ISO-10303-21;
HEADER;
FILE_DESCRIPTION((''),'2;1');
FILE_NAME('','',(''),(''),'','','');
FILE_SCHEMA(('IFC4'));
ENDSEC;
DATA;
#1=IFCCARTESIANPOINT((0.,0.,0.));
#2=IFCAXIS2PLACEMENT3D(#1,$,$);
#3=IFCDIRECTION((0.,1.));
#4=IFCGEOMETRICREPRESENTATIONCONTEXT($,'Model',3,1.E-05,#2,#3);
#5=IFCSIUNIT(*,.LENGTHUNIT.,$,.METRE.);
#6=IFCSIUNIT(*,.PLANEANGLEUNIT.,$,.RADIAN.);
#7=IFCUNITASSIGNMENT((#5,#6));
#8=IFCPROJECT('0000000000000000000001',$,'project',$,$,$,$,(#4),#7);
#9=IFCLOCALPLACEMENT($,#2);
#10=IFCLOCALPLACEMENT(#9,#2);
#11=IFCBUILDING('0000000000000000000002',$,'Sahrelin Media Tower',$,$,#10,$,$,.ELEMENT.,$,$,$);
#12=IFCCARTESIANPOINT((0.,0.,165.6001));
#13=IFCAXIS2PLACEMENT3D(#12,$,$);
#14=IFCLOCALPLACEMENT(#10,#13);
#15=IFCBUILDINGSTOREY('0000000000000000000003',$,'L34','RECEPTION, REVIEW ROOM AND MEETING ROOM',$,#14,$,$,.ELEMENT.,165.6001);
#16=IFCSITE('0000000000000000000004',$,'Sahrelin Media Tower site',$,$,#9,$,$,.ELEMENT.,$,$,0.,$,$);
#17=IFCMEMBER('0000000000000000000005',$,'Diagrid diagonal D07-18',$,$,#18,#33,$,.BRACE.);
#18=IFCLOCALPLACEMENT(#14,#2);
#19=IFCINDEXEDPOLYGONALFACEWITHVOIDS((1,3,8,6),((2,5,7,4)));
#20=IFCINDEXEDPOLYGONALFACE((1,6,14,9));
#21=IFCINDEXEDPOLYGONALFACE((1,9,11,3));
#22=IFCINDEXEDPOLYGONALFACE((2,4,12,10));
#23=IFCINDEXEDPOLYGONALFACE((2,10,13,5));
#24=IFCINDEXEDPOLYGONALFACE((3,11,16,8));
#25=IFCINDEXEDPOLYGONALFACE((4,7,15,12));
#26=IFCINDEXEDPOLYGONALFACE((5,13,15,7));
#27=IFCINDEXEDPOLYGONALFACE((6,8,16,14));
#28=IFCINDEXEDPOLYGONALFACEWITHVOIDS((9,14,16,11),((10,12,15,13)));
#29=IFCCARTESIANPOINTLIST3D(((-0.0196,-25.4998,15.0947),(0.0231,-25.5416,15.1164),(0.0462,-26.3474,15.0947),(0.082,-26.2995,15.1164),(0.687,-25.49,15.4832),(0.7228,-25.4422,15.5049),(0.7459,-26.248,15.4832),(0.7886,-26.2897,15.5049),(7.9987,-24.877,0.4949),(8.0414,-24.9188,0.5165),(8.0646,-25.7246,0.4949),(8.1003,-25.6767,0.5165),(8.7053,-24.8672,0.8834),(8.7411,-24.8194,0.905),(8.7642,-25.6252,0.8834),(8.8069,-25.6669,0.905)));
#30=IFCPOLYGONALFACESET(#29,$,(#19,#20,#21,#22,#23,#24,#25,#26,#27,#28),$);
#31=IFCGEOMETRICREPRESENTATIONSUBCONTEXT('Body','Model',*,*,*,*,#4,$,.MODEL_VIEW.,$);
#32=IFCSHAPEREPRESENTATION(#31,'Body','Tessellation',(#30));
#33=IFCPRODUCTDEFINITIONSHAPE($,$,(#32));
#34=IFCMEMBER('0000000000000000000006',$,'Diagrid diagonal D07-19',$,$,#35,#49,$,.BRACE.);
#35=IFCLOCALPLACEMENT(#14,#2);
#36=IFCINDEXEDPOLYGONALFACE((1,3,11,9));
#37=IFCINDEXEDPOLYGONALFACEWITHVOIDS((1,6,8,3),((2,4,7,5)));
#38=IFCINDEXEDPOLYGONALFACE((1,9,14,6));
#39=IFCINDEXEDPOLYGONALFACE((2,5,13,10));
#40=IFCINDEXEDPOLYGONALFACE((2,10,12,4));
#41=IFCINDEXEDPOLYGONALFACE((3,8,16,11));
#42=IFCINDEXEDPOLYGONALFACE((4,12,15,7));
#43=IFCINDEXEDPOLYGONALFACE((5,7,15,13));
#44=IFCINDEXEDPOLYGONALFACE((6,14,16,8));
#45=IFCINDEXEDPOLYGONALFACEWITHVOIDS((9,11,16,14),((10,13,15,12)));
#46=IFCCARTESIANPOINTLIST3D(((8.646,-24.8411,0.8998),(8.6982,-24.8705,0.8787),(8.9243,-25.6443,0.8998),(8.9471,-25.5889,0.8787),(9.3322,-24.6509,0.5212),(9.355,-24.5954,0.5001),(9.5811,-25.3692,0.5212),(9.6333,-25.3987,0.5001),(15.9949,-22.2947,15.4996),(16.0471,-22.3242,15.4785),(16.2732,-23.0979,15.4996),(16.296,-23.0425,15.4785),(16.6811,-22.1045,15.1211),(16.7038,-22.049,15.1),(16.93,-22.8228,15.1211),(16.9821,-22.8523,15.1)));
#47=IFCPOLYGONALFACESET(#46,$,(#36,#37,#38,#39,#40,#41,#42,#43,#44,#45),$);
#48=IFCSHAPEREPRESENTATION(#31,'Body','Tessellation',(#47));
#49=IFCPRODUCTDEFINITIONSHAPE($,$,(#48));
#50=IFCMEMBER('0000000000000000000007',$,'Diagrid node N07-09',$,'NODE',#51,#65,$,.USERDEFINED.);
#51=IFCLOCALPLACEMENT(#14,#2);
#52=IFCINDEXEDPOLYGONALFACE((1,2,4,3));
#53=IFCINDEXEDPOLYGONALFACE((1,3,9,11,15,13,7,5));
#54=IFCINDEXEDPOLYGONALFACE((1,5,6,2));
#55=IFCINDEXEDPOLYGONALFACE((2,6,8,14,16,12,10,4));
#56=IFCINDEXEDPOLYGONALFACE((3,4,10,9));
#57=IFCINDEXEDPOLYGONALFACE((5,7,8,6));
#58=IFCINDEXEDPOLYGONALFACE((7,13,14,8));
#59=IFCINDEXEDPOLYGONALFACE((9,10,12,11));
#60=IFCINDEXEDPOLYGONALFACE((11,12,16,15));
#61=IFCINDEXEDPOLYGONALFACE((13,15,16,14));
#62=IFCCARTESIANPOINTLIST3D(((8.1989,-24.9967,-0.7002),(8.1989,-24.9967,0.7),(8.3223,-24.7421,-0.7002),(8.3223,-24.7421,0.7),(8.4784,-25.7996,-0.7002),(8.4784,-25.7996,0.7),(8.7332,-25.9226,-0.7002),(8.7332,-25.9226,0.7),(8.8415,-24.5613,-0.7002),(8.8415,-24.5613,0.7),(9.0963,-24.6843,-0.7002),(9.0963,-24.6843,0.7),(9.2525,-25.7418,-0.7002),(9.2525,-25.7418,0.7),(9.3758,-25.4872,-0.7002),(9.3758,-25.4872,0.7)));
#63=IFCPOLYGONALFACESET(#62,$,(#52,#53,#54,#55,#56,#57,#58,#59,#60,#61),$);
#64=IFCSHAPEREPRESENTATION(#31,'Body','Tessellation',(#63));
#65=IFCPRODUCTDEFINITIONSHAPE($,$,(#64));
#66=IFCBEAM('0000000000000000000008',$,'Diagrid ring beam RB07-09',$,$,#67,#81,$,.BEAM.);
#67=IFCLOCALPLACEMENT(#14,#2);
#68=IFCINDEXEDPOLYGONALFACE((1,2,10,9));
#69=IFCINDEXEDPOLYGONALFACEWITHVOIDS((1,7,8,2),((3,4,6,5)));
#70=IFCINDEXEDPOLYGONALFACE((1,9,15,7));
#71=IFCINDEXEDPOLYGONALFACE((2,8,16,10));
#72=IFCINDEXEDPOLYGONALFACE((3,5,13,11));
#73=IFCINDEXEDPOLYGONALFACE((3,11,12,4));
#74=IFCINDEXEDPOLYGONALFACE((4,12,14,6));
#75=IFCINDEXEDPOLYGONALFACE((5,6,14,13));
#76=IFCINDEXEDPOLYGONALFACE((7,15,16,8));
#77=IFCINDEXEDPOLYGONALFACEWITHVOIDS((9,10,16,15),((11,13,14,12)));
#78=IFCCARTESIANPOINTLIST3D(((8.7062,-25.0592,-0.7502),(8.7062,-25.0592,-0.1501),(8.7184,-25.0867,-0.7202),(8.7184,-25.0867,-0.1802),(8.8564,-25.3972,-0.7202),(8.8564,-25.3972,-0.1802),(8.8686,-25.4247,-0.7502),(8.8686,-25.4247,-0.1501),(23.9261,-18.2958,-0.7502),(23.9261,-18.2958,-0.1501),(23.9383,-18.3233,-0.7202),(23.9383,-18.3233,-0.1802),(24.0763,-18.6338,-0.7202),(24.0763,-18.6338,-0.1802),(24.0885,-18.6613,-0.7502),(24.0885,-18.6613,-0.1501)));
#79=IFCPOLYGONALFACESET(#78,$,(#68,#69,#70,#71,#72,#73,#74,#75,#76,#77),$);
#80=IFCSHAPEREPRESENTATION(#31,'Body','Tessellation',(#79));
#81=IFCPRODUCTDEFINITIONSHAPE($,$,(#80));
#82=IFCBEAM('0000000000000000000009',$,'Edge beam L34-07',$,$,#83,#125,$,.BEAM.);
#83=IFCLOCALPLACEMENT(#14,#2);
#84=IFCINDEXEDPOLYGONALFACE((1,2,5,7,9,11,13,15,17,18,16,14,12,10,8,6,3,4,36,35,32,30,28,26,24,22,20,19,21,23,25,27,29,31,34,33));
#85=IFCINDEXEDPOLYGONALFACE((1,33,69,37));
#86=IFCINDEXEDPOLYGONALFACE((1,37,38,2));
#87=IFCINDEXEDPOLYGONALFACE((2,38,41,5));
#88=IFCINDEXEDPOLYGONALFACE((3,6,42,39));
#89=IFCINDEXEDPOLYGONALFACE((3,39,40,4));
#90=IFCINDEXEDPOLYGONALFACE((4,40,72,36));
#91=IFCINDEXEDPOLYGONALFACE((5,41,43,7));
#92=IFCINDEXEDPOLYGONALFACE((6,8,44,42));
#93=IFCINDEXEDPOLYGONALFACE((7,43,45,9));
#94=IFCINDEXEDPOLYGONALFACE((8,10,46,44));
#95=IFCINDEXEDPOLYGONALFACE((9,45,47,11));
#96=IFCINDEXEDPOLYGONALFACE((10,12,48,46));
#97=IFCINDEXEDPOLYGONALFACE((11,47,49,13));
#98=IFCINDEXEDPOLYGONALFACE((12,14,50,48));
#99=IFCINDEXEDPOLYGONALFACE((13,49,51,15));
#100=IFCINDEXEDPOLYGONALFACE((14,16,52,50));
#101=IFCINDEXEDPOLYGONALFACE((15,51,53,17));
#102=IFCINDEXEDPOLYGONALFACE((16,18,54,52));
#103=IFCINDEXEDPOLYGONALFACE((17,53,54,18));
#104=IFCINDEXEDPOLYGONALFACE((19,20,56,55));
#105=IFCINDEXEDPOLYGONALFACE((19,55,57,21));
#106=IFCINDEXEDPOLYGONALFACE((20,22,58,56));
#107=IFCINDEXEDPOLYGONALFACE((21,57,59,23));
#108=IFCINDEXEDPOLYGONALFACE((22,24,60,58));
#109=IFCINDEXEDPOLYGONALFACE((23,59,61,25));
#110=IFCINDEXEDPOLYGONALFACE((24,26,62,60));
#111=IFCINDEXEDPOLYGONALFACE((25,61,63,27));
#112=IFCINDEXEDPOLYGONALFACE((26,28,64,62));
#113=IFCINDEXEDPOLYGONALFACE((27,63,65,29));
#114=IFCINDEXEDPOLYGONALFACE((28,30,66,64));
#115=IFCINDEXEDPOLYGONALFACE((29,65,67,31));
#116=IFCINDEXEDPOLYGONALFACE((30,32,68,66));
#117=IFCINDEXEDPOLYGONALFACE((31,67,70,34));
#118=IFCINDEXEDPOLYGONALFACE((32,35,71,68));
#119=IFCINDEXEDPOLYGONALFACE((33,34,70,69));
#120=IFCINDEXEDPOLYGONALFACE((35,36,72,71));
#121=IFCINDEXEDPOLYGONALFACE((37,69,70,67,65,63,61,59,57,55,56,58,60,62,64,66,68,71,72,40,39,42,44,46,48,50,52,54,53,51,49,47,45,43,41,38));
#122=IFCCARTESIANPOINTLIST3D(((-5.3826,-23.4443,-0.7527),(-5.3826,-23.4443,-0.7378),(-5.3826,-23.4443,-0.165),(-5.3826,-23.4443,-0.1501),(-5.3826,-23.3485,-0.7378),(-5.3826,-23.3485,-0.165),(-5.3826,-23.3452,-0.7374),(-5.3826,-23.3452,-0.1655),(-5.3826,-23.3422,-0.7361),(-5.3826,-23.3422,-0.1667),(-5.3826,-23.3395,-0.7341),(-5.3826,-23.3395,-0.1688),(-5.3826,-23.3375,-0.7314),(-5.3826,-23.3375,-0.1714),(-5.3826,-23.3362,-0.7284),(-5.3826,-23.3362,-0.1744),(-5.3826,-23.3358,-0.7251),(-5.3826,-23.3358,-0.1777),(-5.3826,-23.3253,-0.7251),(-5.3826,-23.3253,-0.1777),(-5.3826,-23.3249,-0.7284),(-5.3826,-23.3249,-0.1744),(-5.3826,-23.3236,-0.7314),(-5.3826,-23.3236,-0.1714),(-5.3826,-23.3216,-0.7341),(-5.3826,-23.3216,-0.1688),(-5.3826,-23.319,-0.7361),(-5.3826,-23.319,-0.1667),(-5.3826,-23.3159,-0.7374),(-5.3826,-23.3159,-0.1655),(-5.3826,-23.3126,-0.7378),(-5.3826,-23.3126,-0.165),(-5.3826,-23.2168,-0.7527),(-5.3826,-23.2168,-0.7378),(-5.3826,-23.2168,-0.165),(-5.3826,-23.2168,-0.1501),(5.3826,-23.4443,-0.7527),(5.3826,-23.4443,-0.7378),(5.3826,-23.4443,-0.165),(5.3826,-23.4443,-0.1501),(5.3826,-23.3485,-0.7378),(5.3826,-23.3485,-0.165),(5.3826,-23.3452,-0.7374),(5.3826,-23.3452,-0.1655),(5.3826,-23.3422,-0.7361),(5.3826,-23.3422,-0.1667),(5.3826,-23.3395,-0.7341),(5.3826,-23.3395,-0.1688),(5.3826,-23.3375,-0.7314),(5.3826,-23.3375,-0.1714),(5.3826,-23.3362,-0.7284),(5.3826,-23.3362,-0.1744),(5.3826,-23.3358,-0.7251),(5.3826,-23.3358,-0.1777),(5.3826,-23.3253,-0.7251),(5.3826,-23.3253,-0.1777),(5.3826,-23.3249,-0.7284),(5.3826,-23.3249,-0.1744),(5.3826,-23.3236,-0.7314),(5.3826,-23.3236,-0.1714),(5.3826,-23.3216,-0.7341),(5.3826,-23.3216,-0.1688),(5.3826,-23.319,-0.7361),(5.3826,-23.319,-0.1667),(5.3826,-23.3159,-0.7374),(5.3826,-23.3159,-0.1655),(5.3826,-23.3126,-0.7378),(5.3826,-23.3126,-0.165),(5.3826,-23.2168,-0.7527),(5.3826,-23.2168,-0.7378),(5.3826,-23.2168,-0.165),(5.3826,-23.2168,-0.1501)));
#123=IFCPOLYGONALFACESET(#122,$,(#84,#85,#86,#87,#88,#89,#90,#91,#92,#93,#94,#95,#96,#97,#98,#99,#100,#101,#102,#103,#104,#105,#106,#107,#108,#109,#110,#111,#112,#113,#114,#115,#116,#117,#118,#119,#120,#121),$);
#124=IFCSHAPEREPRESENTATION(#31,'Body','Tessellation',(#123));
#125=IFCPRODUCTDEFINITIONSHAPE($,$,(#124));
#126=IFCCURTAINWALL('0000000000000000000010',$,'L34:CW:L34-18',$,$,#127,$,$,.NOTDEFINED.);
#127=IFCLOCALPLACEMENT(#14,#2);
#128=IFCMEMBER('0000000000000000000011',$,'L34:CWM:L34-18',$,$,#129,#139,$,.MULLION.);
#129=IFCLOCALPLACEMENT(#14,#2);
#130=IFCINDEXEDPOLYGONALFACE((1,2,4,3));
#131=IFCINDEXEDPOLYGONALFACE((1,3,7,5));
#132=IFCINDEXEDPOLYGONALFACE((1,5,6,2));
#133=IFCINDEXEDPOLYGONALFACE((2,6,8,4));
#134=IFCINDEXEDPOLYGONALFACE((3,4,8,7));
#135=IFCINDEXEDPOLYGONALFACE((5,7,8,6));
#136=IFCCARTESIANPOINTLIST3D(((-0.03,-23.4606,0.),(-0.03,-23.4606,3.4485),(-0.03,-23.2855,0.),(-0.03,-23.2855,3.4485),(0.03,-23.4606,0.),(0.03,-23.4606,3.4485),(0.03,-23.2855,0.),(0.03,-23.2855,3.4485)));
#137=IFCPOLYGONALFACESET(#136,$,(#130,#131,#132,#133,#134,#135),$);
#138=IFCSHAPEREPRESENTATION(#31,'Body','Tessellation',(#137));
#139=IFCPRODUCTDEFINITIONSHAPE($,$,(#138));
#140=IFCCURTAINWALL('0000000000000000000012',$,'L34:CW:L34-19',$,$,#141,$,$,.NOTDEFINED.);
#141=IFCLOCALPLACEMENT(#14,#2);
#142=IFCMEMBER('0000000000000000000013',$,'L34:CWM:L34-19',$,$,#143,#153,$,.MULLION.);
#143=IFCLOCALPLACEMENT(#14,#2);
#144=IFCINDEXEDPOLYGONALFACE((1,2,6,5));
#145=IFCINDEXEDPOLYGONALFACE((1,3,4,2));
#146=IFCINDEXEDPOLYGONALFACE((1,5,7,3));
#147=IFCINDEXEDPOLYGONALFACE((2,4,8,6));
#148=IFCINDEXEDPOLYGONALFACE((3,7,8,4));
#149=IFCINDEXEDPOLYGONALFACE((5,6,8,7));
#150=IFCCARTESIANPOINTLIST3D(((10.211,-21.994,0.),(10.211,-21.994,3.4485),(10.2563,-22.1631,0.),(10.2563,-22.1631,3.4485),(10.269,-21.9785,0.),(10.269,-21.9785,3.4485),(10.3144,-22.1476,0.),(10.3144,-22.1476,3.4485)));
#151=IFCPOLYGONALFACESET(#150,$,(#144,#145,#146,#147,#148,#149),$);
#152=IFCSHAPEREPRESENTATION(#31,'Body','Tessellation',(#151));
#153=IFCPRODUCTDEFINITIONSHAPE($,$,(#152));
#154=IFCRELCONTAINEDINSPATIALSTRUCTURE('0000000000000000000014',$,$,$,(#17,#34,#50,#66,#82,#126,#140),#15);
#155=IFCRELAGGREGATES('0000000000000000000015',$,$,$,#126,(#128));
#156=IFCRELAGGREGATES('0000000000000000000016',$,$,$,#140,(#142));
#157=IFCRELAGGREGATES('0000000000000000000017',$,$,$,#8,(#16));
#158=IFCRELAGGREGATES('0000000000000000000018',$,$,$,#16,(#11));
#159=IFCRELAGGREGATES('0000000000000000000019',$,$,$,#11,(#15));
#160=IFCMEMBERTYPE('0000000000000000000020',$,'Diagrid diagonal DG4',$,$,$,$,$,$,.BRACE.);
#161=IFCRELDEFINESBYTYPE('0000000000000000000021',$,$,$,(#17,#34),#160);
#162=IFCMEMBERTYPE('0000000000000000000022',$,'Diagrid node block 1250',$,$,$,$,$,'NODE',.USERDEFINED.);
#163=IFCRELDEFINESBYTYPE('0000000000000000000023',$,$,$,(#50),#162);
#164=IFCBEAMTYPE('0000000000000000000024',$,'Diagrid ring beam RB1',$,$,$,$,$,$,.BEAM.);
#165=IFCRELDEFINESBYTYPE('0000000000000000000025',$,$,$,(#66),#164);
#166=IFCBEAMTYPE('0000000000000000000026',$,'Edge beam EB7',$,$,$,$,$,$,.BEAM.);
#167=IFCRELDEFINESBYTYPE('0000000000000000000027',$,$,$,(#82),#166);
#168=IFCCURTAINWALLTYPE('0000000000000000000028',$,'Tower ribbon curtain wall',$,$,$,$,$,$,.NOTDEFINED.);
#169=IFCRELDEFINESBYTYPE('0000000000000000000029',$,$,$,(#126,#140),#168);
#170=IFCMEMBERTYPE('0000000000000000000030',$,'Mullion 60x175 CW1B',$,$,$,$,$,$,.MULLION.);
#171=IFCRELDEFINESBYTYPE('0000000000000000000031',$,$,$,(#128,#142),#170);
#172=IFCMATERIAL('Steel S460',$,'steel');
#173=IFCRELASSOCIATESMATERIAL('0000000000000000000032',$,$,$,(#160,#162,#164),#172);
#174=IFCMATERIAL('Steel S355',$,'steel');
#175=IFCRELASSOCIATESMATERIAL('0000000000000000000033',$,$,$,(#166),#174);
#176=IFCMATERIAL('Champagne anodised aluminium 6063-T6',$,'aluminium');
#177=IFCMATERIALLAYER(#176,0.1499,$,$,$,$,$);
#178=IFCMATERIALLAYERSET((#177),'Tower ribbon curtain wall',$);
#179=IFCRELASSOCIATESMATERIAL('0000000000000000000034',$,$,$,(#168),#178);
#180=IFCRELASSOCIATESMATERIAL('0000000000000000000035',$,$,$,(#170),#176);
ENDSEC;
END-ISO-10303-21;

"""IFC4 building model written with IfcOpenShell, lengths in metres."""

from ifc_helpers import new_model, si_unit, direction, frame, origin, origin_2d, place, context, subcontext, project, spatial, polyline, rectangle, hollow_rectangle, i_section, outline, extrude, material, layer, layer_set, material_profile, profile_set, type_object, element, aggregate, save


model = new_model("IFC4")

# Units and contexts
model_context = context("Model", 3, precision=1e-05, world=origin(), true_north=direction((0.0, 1.0)))
body_context = subcontext(model_context, "Body", "Model", "MODEL_VIEW")
ifc_project = project(units=[si_unit("LENGTHUNIT", "METRE"), si_unit("PLANEANGLEUNIT", "RADIAN")], contexts=[model_context])

# Site, building, storey
site_placement = place(None, origin())
site = spatial("IfcSite", under=ifc_project, at=site_placement, Name="Sahrelin Media Tower site", CompositionType="ELEMENT", RefElevation=0.0)
building_placement = place(site_placement, origin())
building = spatial("IfcBuilding", under=site, at=building_placement, Name="Sahrelin Media Tower", CompositionType="ELEMENT")
storey_placement = place(building_placement, frame((0.0, 0.0, 165.6001)))
storey = spatial("IfcBuildingStorey", under=building, at=storey_placement, Name="L34", Description="RECEPTION, REVIEW ROOM AND MEETING ROOM", CompositionType="ELEMENT", Elevation=165.6001)

# Members
ifc_material_1 = material(Name="Steel S460", Category="steel")
ifc_material_profile_1 = material_profile(ifc_material_1, hollow_rectangle(XDim=0.8501, YDim=0.8501, WallThickness=0.0449, at=origin_2d()), Name="Diagrid diagonal DG4")
ifc_profile_set_1 = profile_set([ifc_material_profile_1], Name="Steel S460")
member_type_1 = type_object("IfcMemberType", Name="Diagrid diagonal DG4", PredefinedType="BRACE", material=ifc_profile_set_1)
member_1_placement = place(storey_placement, frame((8.4028, -25.272, 0.7), z_axis=(-0.481047, -0.037364, 0.875898), x_axis=(0.077439, -0.996997, 0.0)))
element("IfcMember", 1, at=member_1_placement, inside=storey, type_object=member_type_1, Name="Diagrid diagonal D07-18", PredefinedType="BRACE", context=body_context, shape_type="SweptSolid", body=[
    extrude(hollow_rectangle(XDim=0.8501, YDim=0.8501, WallThickness=0.0449, at=origin_2d()), origin(), (0.0, 0.0, 1.0), 16.6685),
])
member_2_placement = place(storey_placement, frame((9.1396, -25.1199, 0.7), z_axis=(0.444249, 0.153932, 0.88258), x_axis=(-0.327403, 0.944885, 0.0)))
element("IfcMember", 2, at=member_2_placement, inside=storey, type_object=member_type_1, Name="Diagrid diagonal D07-19", PredefinedType="BRACE", context=body_context, shape_type="SweptSolid", body=[
    extrude(hollow_rectangle(XDim=0.8501, YDim=0.8501, WallThickness=0.0449, at=origin_2d()), origin(), (0.0, 0.0, 1.0), 16.5422),
])
ifc_material_profile_2 = material_profile(ifc_material_1, outline(polyline([(0.425, -0.4751), (0.625, -0.2749), (0.625, 0.2749), (0.425, 0.4751), (-0.425, 0.4751), (-0.625, 0.2749), (-0.625, -0.2749), (-0.425, -0.4751), (0.425, -0.4751)])), Name="Diagrid node block 1250")
ifc_profile_set_2 = profile_set([ifc_material_profile_2], Name="Steel S460")
member_type_2 = type_object("IfcMemberType", Name="Diagrid node block 1250", ElementType="NODE", PredefinedType="USERDEFINED", material=ifc_profile_set_2)
member_3_placement = place(storey_placement, frame((8.7874, -25.2419, -0.7002), z_axis=(0.0, 0.0, 1.0), x_axis=(0.328769, -0.94441, 0.0)))
element("IfcMember", 3, at=member_3_placement, inside=storey, type_object=member_type_2, Name="Diagrid node N07-09", ObjectType="NODE", PredefinedType="USERDEFINED", context=body_context, shape_type="SweptSolid", body=[
    extrude(outline(polyline([(0.425, -0.4751), (0.625, -0.2749), (0.625, 0.2749), (0.425, 0.4751), (-0.425, 0.4751), (-0.625, 0.2749), (-0.625, -0.2749), (-0.425, -0.4751), (0.425, -0.4751)])), origin(), (0.0, 0.0, 1.0), 1.4001),
])

# Beams
ifc_material_profile_3 = material_profile(ifc_material_1, hollow_rectangle(XDim=0.3999, YDim=0.6001, WallThickness=0.03, at=origin_2d()), Name="Diagrid ring beam RB1")
ifc_profile_set_3 = profile_set([ifc_material_profile_3], Name="Steel S460")
beam_type_1 = type_object("IfcBeamType", Name="Diagrid ring beam RB1", PredefinedType="BEAM", material=ifc_profile_set_3)
beam_1_placement = place(storey_placement, frame((8.7874, -25.2419, -0.4502), z_axis=(0.913834, 0.406088, 0.0), x_axis=(-0.406088, 0.913834, 0.0)))
element("IfcBeam", 4, at=beam_1_placement, inside=storey, type_object=beam_type_1, Name="Diagrid ring beam RB07-09", PredefinedType="BEAM", context=body_context, shape_type="SweptSolid", body=[
    extrude(hollow_rectangle(XDim=0.3999, YDim=0.6001, WallThickness=0.03, at=origin_2d()), origin(), (0.0, 0.0, 1.0), 16.655),
])
ifc_material_2 = material(Name="Steel S355", Category="steel")
ifc_material_profile_4 = material_profile(ifc_material_2, i_section(OverallWidth=0.2275, OverallDepth=0.6025, WebThickness=0.0105, FlangeThickness=0.0149, FilletRadius=0.0127, at=origin_2d()), Name="UB 610x229x101")
ifc_profile_set_4 = profile_set([ifc_material_profile_4], Name="Steel S355")
beam_type_2 = type_object("IfcBeamType", Name="Edge beam EB7", PredefinedType="BEAM", material=ifc_profile_set_4)
beam_2_placement = place(storey_placement, frame((5.3826, -23.3306, -0.4514), z_axis=(-1.0, 0.0, 0.0), x_axis=(0.0, -1.0, 0.0)))
element("IfcBeam", 5, at=beam_2_placement, inside=storey, type_object=beam_type_2, Name="Edge beam L34-07", PredefinedType="BEAM", context=body_context, shape_type="SweptSolid", body=[
    extrude(i_section(OverallWidth=0.2275, OverallDepth=0.6025, WebThickness=0.0105, FlangeThickness=0.0149, FilletRadius=0.0127, at=origin_2d()), origin(), (0.0, 0.0, 1.0), 10.7651),
])

# Curtain walls, members
ifc_material_3 = material(Name="Champagne anodised aluminium 6063-T6", Category="aluminium")
ifc_layer_1 = layer(ifc_material_3, 0.1499)
ifc_layer_set_1 = layer_set([ifc_layer_1], Name="Tower ribbon curtain wall")
curtain_wall_type = type_object("IfcCurtainWallType", Name="Tower ribbon curtain wall", PredefinedType="NOTDEFINED", material=ifc_layer_set_1)
curtain_wall_1_placement = place(storey_placement, frame((0.0, -23.4807, 0.0), z_axis=(0.0, 0.0, 1.0), x_axis=(1.0, 0.0, 0.0)))
curtain_wall_1 = element("IfcCurtainWall", 6, at=curtain_wall_1_placement, inside=storey, type_object=curtain_wall_type, Name="L34:CW:L34-18", PredefinedType="NOTDEFINED")
ifc_material_profile_5 = material_profile(ifc_material_3, rectangle(XDim=0.0601, YDim=0.175, at=origin_2d()), Name="Mullion 60x175")
ifc_profile_set_5 = profile_set([ifc_material_profile_5], Name="Champagne anodised aluminium 6063-T6")
member_type_3 = type_object("IfcMemberType", Name="Mullion 60x175 CW1B", PredefinedType="MULLION", material=ifc_profile_set_5)
member_4_placement = place(storey_placement, frame((0.0, -23.373, 0.0), z_axis=(0.0, 0.0, 1.0), x_axis=(1.0, 0.0, 0.0)))
member_4 = element("IfcMember", 7, at=member_4_placement, type_object=member_type_3, Name="L34:CWM:L34-18", PredefinedType="MULLION", context=body_context, shape_type="SweptSolid", body=[
    extrude(rectangle(XDim=0.0601, YDim=0.175, at=origin_2d()), origin(), (0.0, 0.0, 1.0), 3.4485),
])
aggregate(curtain_wall_1, [member_4])
curtain_wall_2_placement = place(storey_placement, frame((10.2905, -22.1748, 0.0), z_axis=(0.0, 0.0, 1.0), x_axis=(1.0, 0.0, 0.0)))
curtain_wall_2 = element("IfcCurtainWall", 8, at=curtain_wall_2_placement, inside=storey, type_object=curtain_wall_type, Name="L34:CW:L34-19", PredefinedType="NOTDEFINED")
member_5_placement = place(storey_placement, frame((10.2627, -22.0708, 0.0), z_axis=(0.0, 0.0, 1.0), x_axis=(0.965926, 0.258819, 0.0)))
member_5 = element("IfcMember", 9, at=member_5_placement, type_object=member_type_3, Name="L34:CWM:L34-19", PredefinedType="MULLION", context=body_context, shape_type="SweptSolid", body=[
    extrude(rectangle(XDim=0.0601, YDim=0.175, at=origin_2d()), origin(), (0.0, 0.0, 1.0), 3.4485),
])

aggregate(curtain_wall_2, [member_5])

save(model, "model.ifc")
